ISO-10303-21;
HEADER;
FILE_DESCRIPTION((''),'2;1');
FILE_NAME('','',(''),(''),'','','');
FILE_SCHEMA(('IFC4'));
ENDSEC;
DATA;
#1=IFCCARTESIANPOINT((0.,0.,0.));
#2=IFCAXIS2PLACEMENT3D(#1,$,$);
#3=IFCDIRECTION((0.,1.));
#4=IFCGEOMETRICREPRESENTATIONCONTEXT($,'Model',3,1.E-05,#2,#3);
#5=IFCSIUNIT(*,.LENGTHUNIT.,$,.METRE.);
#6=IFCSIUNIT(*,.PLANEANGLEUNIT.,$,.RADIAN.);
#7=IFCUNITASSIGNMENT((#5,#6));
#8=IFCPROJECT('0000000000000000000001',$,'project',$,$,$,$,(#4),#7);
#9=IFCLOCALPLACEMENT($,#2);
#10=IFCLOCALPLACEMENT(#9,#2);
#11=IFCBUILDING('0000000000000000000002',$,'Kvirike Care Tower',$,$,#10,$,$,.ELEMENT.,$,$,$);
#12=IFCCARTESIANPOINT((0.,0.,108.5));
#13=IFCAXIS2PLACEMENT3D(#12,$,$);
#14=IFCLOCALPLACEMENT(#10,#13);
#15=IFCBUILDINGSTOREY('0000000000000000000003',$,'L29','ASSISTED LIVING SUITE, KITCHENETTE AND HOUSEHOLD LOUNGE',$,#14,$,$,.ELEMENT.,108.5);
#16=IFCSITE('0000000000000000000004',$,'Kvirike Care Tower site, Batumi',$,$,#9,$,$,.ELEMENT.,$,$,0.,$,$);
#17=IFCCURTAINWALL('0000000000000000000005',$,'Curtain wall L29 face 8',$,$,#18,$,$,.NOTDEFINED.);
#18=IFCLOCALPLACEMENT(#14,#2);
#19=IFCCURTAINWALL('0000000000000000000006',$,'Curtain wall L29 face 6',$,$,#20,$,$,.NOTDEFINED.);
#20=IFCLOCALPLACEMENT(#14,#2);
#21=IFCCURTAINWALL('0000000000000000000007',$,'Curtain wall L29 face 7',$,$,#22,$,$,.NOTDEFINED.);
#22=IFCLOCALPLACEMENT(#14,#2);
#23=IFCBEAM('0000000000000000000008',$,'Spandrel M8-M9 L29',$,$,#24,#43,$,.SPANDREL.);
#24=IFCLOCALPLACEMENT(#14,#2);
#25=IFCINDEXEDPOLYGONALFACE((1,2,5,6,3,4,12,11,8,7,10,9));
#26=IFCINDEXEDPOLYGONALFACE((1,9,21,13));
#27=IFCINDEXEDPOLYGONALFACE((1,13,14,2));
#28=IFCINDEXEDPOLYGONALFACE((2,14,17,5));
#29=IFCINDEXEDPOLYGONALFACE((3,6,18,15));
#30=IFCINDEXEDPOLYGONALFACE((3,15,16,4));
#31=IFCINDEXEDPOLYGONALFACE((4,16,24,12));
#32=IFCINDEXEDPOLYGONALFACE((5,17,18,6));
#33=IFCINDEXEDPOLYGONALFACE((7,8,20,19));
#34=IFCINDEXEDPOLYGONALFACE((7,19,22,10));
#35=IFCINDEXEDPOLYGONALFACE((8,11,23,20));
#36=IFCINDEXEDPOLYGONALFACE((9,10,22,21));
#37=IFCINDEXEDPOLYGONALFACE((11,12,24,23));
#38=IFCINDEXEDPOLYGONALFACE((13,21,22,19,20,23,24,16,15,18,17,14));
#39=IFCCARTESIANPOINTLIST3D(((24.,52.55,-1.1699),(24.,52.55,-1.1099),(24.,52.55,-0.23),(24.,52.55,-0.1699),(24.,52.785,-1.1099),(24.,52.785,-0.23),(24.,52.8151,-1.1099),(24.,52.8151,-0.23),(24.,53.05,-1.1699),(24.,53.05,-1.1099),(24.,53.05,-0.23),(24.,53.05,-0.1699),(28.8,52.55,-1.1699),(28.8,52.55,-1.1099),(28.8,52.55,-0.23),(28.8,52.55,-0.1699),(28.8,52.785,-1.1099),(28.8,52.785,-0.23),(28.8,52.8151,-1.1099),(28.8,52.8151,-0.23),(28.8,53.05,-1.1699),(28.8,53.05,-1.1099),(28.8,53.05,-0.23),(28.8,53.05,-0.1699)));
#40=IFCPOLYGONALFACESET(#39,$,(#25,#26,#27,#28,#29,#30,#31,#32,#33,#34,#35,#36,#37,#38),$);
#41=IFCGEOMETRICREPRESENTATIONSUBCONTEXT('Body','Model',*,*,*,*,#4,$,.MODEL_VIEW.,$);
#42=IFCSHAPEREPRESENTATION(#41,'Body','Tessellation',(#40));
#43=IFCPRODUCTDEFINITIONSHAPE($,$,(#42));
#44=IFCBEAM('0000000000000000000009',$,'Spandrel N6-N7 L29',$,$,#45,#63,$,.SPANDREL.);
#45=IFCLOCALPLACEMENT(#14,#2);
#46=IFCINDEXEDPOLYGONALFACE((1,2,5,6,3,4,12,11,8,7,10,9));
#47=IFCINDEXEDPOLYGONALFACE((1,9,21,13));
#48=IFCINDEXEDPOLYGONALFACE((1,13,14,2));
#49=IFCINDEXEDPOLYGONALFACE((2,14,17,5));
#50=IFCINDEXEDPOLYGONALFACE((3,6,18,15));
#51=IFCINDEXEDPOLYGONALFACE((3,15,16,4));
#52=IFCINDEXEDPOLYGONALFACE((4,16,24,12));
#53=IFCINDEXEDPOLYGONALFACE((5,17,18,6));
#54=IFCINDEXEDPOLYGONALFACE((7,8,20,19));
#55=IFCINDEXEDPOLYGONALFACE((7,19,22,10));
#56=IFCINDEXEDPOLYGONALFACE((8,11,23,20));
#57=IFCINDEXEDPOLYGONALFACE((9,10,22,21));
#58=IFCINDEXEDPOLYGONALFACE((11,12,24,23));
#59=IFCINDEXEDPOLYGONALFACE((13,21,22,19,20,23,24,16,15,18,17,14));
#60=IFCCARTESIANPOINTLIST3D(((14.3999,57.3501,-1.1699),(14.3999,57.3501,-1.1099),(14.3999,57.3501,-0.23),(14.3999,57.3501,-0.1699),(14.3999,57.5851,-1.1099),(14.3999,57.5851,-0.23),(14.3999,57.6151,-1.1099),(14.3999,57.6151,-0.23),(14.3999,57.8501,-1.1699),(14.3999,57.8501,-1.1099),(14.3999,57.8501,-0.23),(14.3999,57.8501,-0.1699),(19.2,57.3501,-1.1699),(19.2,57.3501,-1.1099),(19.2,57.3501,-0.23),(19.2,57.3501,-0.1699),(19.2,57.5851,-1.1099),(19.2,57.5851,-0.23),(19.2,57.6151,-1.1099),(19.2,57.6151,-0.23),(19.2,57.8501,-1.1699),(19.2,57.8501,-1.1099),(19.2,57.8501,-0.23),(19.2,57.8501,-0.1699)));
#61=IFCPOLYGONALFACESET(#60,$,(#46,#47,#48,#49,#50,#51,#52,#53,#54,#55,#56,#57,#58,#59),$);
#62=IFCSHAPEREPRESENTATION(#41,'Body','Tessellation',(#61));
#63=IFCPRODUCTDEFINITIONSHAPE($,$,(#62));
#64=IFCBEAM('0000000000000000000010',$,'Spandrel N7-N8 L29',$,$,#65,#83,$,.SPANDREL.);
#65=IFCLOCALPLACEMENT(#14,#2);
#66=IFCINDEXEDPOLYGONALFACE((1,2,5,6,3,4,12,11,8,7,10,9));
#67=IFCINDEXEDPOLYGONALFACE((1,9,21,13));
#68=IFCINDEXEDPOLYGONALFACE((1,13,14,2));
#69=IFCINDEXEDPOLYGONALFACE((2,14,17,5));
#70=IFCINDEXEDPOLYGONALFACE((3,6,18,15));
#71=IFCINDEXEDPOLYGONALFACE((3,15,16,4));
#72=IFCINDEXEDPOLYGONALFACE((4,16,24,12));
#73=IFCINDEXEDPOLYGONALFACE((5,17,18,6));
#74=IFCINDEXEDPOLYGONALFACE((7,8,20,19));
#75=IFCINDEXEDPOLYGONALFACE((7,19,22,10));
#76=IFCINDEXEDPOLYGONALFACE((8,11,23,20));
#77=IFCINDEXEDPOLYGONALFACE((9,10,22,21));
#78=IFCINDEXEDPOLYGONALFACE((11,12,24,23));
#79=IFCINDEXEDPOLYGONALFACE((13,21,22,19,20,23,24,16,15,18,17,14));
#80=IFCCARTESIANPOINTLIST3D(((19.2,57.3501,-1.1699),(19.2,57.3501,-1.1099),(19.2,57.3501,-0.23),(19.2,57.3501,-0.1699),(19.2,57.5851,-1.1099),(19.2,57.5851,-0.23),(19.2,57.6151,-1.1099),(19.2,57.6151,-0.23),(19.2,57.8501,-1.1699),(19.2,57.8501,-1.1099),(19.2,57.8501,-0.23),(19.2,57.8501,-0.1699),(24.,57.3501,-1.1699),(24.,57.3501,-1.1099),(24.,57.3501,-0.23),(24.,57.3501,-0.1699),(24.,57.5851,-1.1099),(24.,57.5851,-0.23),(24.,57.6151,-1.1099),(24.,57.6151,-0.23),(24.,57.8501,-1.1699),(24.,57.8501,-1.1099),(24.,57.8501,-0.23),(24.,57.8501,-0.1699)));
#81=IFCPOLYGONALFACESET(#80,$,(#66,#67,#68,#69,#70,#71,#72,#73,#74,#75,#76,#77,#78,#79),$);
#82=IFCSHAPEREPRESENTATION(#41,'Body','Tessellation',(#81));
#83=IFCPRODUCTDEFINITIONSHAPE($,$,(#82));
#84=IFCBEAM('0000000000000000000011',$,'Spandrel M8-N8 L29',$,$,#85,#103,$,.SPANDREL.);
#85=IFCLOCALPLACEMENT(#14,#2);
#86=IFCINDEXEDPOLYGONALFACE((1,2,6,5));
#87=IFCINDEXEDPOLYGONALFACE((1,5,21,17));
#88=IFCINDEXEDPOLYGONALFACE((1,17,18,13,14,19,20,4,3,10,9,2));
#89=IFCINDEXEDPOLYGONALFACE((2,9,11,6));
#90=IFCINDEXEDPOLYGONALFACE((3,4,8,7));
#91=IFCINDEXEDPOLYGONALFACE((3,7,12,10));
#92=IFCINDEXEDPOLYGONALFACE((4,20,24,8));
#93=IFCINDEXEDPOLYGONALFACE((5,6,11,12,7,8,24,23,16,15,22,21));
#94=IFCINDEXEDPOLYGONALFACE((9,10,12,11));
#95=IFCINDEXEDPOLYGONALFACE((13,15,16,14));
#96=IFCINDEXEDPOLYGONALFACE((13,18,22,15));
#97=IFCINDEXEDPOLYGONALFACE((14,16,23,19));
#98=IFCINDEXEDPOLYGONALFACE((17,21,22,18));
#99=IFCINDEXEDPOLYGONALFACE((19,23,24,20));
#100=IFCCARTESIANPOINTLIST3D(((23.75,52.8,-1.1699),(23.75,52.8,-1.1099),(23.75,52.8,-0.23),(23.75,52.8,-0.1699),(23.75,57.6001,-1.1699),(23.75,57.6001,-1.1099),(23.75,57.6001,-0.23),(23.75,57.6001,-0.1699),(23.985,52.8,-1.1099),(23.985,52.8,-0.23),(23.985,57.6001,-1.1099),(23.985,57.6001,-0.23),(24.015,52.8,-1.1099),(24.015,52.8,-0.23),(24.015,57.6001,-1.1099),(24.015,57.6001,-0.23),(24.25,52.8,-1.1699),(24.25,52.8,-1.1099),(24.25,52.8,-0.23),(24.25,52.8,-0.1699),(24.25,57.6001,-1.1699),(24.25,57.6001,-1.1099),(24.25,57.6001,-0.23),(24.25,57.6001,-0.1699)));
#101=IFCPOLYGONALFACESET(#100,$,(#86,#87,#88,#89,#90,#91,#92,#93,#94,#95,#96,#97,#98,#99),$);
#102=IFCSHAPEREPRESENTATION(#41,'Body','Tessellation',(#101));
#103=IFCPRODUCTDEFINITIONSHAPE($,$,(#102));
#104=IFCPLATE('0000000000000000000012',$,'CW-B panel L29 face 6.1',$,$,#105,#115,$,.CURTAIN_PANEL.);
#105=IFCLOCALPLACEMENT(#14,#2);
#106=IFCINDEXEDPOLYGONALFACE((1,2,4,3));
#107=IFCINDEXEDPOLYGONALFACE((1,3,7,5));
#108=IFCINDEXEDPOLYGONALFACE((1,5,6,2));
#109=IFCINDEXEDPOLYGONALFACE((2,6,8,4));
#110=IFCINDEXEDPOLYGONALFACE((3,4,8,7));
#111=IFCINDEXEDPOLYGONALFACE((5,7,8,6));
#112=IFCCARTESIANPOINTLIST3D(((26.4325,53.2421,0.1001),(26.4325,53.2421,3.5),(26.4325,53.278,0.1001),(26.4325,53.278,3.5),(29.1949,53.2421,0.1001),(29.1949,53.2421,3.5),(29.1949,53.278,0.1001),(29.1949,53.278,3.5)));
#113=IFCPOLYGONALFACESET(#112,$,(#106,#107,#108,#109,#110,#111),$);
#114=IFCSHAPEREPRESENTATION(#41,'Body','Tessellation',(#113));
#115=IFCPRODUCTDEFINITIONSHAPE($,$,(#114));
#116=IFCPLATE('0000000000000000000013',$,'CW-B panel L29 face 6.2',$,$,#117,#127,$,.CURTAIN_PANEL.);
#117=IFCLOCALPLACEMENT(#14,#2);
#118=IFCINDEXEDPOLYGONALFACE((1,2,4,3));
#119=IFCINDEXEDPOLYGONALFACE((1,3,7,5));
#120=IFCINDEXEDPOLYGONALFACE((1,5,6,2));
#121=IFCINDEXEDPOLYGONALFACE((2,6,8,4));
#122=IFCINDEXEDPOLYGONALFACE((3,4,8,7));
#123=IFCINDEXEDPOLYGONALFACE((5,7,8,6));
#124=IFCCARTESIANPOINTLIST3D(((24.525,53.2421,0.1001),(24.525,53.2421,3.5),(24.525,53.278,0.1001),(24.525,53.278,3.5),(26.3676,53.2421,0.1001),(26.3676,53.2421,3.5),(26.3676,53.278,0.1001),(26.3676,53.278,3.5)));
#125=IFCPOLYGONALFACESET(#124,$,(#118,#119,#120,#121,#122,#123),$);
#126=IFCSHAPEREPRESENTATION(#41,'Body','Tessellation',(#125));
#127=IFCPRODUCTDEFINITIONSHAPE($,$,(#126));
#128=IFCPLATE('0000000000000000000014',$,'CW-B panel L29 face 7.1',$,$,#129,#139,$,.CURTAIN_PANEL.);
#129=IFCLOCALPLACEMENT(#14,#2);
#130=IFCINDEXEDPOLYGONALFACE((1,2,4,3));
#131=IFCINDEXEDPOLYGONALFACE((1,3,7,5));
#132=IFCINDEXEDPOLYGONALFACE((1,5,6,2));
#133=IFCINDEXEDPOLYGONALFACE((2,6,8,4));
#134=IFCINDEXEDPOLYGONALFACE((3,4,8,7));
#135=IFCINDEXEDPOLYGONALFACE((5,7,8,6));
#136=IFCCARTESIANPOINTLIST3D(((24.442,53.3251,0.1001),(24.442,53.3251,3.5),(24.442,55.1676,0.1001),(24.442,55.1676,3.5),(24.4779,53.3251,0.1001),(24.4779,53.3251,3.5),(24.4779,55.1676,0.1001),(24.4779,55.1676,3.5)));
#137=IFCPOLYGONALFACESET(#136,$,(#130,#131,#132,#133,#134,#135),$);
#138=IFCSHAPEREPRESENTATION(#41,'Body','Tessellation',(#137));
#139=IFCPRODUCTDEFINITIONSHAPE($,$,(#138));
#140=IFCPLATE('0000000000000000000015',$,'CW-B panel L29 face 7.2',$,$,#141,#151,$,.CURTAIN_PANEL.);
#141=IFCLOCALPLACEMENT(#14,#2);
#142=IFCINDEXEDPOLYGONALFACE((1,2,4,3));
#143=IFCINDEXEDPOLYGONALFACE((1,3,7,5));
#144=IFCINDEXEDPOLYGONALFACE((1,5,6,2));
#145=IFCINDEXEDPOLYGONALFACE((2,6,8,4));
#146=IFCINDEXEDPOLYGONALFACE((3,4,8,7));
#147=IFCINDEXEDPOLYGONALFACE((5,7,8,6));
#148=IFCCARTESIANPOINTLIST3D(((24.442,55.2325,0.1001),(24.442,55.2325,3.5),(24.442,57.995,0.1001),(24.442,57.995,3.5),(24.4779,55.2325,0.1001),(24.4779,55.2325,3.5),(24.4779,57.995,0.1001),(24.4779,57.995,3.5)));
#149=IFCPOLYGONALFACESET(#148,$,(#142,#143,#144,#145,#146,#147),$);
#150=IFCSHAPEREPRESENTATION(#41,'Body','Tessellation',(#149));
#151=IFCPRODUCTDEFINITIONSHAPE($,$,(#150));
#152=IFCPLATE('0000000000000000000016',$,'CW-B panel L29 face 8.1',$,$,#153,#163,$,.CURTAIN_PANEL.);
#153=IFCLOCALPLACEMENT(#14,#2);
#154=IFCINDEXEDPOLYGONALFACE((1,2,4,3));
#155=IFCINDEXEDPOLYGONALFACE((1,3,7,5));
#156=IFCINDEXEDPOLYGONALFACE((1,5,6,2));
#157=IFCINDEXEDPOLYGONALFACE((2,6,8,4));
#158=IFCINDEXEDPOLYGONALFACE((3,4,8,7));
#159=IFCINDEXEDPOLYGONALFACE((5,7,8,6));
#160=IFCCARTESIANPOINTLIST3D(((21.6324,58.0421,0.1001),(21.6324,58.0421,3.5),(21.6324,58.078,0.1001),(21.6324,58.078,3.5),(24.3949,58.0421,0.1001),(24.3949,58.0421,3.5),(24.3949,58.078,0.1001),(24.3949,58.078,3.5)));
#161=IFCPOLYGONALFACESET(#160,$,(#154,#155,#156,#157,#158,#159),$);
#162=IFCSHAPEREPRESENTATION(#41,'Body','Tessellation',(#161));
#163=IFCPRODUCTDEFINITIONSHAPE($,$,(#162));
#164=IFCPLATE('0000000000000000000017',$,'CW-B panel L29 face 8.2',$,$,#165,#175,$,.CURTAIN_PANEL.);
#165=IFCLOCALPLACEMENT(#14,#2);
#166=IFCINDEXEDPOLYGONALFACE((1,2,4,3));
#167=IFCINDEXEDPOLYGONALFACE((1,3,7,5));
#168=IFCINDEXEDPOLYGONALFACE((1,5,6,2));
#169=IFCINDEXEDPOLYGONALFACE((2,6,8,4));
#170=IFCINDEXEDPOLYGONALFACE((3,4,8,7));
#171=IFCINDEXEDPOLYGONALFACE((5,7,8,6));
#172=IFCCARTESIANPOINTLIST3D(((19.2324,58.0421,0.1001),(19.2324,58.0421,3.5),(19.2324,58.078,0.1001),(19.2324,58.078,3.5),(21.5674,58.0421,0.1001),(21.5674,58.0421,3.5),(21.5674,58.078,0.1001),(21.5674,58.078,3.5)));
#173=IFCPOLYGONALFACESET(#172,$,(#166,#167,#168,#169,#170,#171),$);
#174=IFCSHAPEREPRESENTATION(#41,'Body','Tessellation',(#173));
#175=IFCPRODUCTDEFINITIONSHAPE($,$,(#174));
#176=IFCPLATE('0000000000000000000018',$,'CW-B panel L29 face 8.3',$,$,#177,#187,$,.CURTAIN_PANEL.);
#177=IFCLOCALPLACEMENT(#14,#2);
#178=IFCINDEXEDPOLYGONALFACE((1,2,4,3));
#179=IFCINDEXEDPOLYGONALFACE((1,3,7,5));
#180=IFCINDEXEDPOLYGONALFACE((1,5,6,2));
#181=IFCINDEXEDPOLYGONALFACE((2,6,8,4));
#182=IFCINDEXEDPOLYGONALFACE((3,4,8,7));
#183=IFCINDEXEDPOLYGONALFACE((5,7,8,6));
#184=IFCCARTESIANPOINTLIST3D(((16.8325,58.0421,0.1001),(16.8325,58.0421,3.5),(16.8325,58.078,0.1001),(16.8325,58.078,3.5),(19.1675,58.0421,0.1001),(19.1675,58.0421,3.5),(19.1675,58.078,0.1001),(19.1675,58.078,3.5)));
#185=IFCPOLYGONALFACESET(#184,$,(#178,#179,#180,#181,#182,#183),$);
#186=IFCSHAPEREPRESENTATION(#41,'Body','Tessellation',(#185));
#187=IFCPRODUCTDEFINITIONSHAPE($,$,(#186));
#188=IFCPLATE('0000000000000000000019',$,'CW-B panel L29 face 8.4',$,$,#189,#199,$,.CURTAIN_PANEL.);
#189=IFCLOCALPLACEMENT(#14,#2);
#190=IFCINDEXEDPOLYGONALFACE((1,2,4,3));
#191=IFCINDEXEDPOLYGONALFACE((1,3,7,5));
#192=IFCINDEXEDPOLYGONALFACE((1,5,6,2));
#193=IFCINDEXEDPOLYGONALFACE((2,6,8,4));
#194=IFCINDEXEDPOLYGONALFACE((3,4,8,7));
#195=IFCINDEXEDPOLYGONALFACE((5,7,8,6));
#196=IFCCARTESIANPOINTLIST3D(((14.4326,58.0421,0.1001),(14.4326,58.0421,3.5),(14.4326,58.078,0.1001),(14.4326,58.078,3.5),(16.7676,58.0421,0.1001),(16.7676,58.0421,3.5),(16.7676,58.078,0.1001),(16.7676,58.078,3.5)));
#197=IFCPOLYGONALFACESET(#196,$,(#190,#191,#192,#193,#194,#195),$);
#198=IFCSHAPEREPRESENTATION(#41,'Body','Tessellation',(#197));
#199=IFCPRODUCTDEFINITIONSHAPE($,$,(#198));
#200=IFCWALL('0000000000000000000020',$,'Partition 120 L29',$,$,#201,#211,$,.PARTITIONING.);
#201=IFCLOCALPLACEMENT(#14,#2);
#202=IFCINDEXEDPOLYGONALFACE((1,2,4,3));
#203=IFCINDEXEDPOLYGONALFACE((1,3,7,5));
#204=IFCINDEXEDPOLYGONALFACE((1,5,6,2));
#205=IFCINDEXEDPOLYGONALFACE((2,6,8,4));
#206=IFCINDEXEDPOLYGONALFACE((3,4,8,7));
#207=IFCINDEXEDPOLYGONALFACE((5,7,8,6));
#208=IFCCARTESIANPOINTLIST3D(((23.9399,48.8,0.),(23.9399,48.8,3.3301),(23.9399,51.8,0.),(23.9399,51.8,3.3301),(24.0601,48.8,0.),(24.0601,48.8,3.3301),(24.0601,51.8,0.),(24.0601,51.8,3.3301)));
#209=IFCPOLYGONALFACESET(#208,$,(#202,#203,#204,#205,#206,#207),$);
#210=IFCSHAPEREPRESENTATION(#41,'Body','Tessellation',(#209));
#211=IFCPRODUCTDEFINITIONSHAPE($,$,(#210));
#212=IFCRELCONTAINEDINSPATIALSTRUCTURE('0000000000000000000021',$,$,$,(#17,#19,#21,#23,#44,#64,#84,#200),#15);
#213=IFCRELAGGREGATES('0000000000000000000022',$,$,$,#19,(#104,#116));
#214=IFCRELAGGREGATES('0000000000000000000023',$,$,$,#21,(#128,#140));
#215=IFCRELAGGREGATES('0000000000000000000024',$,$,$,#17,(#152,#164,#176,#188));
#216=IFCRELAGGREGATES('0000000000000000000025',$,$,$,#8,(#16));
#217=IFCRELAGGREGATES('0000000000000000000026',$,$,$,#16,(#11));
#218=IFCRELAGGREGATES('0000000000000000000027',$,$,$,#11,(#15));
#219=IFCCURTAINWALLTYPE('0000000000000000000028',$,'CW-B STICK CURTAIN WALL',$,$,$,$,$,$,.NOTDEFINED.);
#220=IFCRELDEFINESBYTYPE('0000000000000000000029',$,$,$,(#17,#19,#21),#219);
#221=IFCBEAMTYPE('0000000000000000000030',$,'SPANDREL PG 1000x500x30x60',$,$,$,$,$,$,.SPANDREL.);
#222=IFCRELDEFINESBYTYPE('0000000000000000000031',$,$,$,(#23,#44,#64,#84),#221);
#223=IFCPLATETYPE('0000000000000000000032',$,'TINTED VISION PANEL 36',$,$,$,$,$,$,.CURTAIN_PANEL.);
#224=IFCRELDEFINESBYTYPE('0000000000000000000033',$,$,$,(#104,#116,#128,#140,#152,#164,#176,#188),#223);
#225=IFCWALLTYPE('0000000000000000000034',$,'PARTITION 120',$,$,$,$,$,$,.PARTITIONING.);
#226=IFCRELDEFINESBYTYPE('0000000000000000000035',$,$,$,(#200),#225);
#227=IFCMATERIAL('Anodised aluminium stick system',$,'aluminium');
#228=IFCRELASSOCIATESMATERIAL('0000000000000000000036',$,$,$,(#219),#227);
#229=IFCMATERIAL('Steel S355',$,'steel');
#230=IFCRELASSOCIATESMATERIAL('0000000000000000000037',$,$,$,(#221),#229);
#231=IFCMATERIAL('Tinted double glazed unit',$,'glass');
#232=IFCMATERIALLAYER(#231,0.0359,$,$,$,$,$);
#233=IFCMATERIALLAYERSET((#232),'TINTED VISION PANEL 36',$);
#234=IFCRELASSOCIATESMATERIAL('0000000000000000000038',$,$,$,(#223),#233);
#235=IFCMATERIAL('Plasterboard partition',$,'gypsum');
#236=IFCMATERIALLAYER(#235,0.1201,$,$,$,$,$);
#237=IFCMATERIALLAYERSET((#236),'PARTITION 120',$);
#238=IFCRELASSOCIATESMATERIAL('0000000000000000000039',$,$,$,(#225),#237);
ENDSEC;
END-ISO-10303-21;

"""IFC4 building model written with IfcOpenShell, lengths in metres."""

from ifc_helpers import new_model, si_unit, direction, frame, frame_2d, origin, origin_2d, place, context, subcontext, project, spatial, rectangle, i_section, extrude, material, layer, layer_set, material_profile, profile_set, type_object, element, aggregate, save


model = new_model("IFC4")

# Units and contexts
model_context = context("Model", 3, precision=1e-05, world=origin(), true_north=direction((0.0, 1.0)))
body_context = subcontext(model_context, "Body", "Model", "MODEL_VIEW")
ifc_project = project(units=[si_unit("LENGTHUNIT", "METRE"), si_unit("PLANEANGLEUNIT", "RADIAN")], contexts=[model_context])

# Site, building, storey
site_placement = place(None, origin())
site = spatial("IfcSite", under=ifc_project, at=site_placement, Name="Kvirike Care Tower site, Batumi", CompositionType="ELEMENT", RefElevation=0.0)
building_placement = place(site_placement, origin())
building = spatial("IfcBuilding", under=site, at=building_placement, Name="Kvirike Care Tower", CompositionType="ELEMENT")
storey_placement = place(building_placement, frame((0.0, 0.0, 108.5)))
storey = spatial("IfcBuildingStorey", under=building, at=storey_placement, Name="L29", Description="ASSISTED LIVING SUITE, KITCHENETTE AND HOUSEHOLD LOUNGE", CompositionType="ELEMENT", Elevation=108.5)

# Curtain wall
ifc_material_1 = material(Name="Anodised aluminium stick system", Category="aluminium")
curtain_wall_type = type_object("IfcCurtainWallType", Name="CW-B STICK CURTAIN WALL", PredefinedType="NOTDEFINED", material=ifc_material_1)
curtain_wall_1_placement = place(storey_placement, origin())
curtain_wall_1 = element("IfcCurtainWall", 1, at=curtain_wall_1_placement, inside=storey, type_object=curtain_wall_type, Name="Curtain wall L29 face 8", PredefinedType="NOTDEFINED")

# Curtain walls
curtain_wall_2_placement = place(storey_placement, origin())
curtain_wall_2 = element("IfcCurtainWall", 2, at=curtain_wall_2_placement, inside=storey, type_object=curtain_wall_type, Name="Curtain wall L29 face 6", PredefinedType="NOTDEFINED")
curtain_wall_3_placement = place(storey_placement, origin())
curtain_wall_3 = element("IfcCurtainWall", 3, at=curtain_wall_3_placement, inside=storey, type_object=curtain_wall_type, Name="Curtain wall L29 face 7", PredefinedType="NOTDEFINED")

# Beams
ifc_material_2 = material(Name="Steel S355", Category="steel")
ifc_material_profile_1 = material_profile(ifc_material_2, i_section(OverallWidth=0.5, OverallDepth=1.0, WebThickness=0.03, FlangeThickness=0.0601, at=origin_2d()), Name="PG 1000x500x30x60")
ifc_profile_set_1 = profile_set([ifc_material_profile_1], Name="Steel S355")
beam_type = type_object("IfcBeamType", Name="SPANDREL PG 1000x500x30x60", PredefinedType="SPANDREL", material=ifc_profile_set_1)
for number, where, z_axis, x_axis, name in (
    (4, (24.0, 52.8, -0.6699), (1.0, 0.0, 0.0), (0.0, 1.0, 0.0), "Spandrel M8-M9 L29"),
    (5, (14.3999, 57.6001, -0.6699), (1.0, 0.0, 0.0), (0.0, 1.0, 0.0), "Spandrel N6-N7 L29"),
    (6, (19.2, 57.6001, -0.6699), (1.0, 0.0, 0.0), (0.0, 1.0, 0.0), "Spandrel N7-N8 L29"),
    (7, (24.0, 52.8, -0.6699), (0.0, 1.0, 0.0), (-1.0, 0.0, 0.0), "Spandrel M8-N8 L29"),
):
    element("IfcBeam", number, at=place(storey_placement, frame(where, z_axis=z_axis, x_axis=x_axis)), inside=storey, type_object=beam_type, Name=name, PredefinedType="SPANDREL", context=body_context, shape_type="SweptSolid", body=[
        extrude(i_section(OverallWidth=0.5, OverallDepth=1.0, WebThickness=0.03, FlangeThickness=0.0601, at=origin_2d()), origin(), (0.0, 0.0, 1.0), 4.8),
    ])

# Plates
ifc_material_3 = material(Name="Tinted double glazed unit", Category="glass")
ifc_layer_1 = layer(ifc_material_3, 0.0359)
ifc_layer_set_1 = layer_set([ifc_layer_1], Name="TINTED VISION PANEL 36")
plate_type = type_object("IfcPlateType", Name="TINTED VISION PANEL 36", PredefinedType="CURTAIN_PANEL", material=ifc_layer_set_1)
plate_1_placement = place(storey_placement, frame((27.8137, 53.26, 0.1001), z_axis=(0.0, 0.0, 1.0), x_axis=(-1.0, 0.0, 0.0)))
plate_1 = element("IfcPlate", 8, at=plate_1_placement, type_object=plate_type, Name="CW-B panel L29 face 6.1", PredefinedType="CURTAIN_PANEL", context=body_context, shape_type="SweptSolid", body=[
    extrude(rectangle(XDim=2.7625, YDim=0.0359, at=origin_2d()), origin(), (0.0, 0.0, 1.0), 3.3999),
])
plate_2_placement = place(storey_placement, frame((25.4463, 53.26, 0.1001), z_axis=(0.0, 0.0, 1.0), x_axis=(-1.0, 0.0, 0.0)))
plate_2 = element("IfcPlate", 9, at=plate_2_placement, type_object=plate_type, Name="CW-B panel L29 face 6.2", PredefinedType="CURTAIN_PANEL", context=body_context, shape_type="SweptSolid", body=[
    extrude(rectangle(XDim=1.8425, YDim=0.0359, at=origin_2d()), origin(), (0.0, 0.0, 1.0), 3.3999),
])
aggregate(curtain_wall_2, [plate_1, plate_2])
plate_3_placement = place(storey_placement, frame((24.46, 54.2463, 0.1001), z_axis=(0.0, 0.0, 1.0), x_axis=(0.0, 1.0, 0.0)))
plate_3 = element("IfcPlate", 10, at=plate_3_placement, type_object=plate_type, Name="CW-B panel L29 face 7.1", PredefinedType="CURTAIN_PANEL", context=body_context, shape_type="SweptSolid", body=[
    extrude(rectangle(XDim=1.8425, YDim=0.0359, at=origin_2d()), origin(), (0.0, 0.0, 1.0), 3.3999),
])
plate_4_placement = place(storey_placement, frame((24.46, 56.6138, 0.1001), z_axis=(0.0, 0.0, 1.0), x_axis=(0.0, 1.0, 0.0)))
plate_4 = element("IfcPlate", 11, at=plate_4_placement, type_object=plate_type, Name="CW-B panel L29 face 7.2", PredefinedType="CURTAIN_PANEL", context=body_context, shape_type="SweptSolid", body=[
    extrude(rectangle(XDim=2.7625, YDim=0.0359, at=origin_2d()), origin(), (0.0, 0.0, 1.0), 3.3999),
])
aggregate(curtain_wall_3, [plate_3, plate_4])
plate_5_placement = place(storey_placement, frame((23.0137, 58.0601, 0.1001), z_axis=(0.0, 0.0, 1.0), x_axis=(-1.0, 0.0, 0.0)))
plate_5 = element("IfcPlate", 12, at=plate_5_placement, type_object=plate_type, Name="CW-B panel L29 face 8.1", PredefinedType="CURTAIN_PANEL", context=body_context, shape_type="SweptSolid", body=[
    extrude(rectangle(XDim=2.7625, YDim=0.0359, at=origin_2d()), origin(), (0.0, 0.0, 1.0), 3.3999),
])
plate_6_placement = place(storey_placement, frame((20.3999, 58.0601, 0.1001), z_axis=(0.0, 0.0, 1.0), x_axis=(-1.0, 0.0, 0.0)))
plate_6 = element("IfcPlate", 13, at=plate_6_placement, type_object=plate_type, Name="CW-B panel L29 face 8.2", PredefinedType="CURTAIN_PANEL", context=body_context, shape_type="SweptSolid", body=[
    extrude(rectangle(XDim=2.335, YDim=0.0359, at=origin_2d()), origin(), (0.0, 0.0, 1.0), 3.3999),
])
plate_7_placement = place(storey_placement, frame((18.0, 58.0601, 0.1001), z_axis=(0.0, 0.0, 1.0), x_axis=(-1.0, 0.0, 0.0)))
plate_7 = element("IfcPlate", 14, at=plate_7_placement, type_object=plate_type, Name="CW-B panel L29 face 8.3", PredefinedType="CURTAIN_PANEL", context=body_context, shape_type="SweptSolid", body=[
    extrude(rectangle(XDim=2.335, YDim=0.0359, at=origin_2d()), origin(), (0.0, 0.0, 1.0), 3.3999),
])
plate_8_placement = place(storey_placement, frame((15.6001, 58.0601, 0.1001), z_axis=(0.0, 0.0, 1.0), x_axis=(-1.0, 0.0, 0.0)))
plate_8 = element("IfcPlate", 15, at=plate_8_placement, type_object=plate_type, Name="CW-B panel L29 face 8.4", PredefinedType="CURTAIN_PANEL", context=body_context, shape_type="SweptSolid", body=[
    extrude(rectangle(XDim=2.335, YDim=0.0359, at=origin_2d()), origin(), (0.0, 0.0, 1.0), 3.3999),
])
aggregate(curtain_wall_1, [plate_5, plate_6, plate_7, plate_8])

# Wall
ifc_material_4 = material(Name="Plasterboard partition", Category="gypsum")
ifc_layer_2 = layer(ifc_material_4, 0.1201)
ifc_layer_set_2 = layer_set([ifc_layer_2], Name="PARTITION 120")
wall_type_1 = type_object("IfcWallType", Name="PARTITION 120", PredefinedType="PARTITIONING", material=ifc_layer_set_2)
wall_1_placement = place(storey_placement, frame((24.0, 51.8, 0.0), z_axis=(0.0, 0.0, 1.0), x_axis=(0.0, -1.0, 0.0)))
element("IfcWall", 16, at=wall_1_placement, inside=storey, type_object=wall_type_1, Name="Partition 120 L29", PredefinedType="PARTITIONING", context=body_context, shape_type="SweptSolid", body=[
    extrude(rectangle(XDim=3.0, YDim=0.1201, at=frame_2d((1.5, 0.0))), origin(), (0.0, 0.0, 1.0), 3.3301),
])

save(model, "model.ifc")
